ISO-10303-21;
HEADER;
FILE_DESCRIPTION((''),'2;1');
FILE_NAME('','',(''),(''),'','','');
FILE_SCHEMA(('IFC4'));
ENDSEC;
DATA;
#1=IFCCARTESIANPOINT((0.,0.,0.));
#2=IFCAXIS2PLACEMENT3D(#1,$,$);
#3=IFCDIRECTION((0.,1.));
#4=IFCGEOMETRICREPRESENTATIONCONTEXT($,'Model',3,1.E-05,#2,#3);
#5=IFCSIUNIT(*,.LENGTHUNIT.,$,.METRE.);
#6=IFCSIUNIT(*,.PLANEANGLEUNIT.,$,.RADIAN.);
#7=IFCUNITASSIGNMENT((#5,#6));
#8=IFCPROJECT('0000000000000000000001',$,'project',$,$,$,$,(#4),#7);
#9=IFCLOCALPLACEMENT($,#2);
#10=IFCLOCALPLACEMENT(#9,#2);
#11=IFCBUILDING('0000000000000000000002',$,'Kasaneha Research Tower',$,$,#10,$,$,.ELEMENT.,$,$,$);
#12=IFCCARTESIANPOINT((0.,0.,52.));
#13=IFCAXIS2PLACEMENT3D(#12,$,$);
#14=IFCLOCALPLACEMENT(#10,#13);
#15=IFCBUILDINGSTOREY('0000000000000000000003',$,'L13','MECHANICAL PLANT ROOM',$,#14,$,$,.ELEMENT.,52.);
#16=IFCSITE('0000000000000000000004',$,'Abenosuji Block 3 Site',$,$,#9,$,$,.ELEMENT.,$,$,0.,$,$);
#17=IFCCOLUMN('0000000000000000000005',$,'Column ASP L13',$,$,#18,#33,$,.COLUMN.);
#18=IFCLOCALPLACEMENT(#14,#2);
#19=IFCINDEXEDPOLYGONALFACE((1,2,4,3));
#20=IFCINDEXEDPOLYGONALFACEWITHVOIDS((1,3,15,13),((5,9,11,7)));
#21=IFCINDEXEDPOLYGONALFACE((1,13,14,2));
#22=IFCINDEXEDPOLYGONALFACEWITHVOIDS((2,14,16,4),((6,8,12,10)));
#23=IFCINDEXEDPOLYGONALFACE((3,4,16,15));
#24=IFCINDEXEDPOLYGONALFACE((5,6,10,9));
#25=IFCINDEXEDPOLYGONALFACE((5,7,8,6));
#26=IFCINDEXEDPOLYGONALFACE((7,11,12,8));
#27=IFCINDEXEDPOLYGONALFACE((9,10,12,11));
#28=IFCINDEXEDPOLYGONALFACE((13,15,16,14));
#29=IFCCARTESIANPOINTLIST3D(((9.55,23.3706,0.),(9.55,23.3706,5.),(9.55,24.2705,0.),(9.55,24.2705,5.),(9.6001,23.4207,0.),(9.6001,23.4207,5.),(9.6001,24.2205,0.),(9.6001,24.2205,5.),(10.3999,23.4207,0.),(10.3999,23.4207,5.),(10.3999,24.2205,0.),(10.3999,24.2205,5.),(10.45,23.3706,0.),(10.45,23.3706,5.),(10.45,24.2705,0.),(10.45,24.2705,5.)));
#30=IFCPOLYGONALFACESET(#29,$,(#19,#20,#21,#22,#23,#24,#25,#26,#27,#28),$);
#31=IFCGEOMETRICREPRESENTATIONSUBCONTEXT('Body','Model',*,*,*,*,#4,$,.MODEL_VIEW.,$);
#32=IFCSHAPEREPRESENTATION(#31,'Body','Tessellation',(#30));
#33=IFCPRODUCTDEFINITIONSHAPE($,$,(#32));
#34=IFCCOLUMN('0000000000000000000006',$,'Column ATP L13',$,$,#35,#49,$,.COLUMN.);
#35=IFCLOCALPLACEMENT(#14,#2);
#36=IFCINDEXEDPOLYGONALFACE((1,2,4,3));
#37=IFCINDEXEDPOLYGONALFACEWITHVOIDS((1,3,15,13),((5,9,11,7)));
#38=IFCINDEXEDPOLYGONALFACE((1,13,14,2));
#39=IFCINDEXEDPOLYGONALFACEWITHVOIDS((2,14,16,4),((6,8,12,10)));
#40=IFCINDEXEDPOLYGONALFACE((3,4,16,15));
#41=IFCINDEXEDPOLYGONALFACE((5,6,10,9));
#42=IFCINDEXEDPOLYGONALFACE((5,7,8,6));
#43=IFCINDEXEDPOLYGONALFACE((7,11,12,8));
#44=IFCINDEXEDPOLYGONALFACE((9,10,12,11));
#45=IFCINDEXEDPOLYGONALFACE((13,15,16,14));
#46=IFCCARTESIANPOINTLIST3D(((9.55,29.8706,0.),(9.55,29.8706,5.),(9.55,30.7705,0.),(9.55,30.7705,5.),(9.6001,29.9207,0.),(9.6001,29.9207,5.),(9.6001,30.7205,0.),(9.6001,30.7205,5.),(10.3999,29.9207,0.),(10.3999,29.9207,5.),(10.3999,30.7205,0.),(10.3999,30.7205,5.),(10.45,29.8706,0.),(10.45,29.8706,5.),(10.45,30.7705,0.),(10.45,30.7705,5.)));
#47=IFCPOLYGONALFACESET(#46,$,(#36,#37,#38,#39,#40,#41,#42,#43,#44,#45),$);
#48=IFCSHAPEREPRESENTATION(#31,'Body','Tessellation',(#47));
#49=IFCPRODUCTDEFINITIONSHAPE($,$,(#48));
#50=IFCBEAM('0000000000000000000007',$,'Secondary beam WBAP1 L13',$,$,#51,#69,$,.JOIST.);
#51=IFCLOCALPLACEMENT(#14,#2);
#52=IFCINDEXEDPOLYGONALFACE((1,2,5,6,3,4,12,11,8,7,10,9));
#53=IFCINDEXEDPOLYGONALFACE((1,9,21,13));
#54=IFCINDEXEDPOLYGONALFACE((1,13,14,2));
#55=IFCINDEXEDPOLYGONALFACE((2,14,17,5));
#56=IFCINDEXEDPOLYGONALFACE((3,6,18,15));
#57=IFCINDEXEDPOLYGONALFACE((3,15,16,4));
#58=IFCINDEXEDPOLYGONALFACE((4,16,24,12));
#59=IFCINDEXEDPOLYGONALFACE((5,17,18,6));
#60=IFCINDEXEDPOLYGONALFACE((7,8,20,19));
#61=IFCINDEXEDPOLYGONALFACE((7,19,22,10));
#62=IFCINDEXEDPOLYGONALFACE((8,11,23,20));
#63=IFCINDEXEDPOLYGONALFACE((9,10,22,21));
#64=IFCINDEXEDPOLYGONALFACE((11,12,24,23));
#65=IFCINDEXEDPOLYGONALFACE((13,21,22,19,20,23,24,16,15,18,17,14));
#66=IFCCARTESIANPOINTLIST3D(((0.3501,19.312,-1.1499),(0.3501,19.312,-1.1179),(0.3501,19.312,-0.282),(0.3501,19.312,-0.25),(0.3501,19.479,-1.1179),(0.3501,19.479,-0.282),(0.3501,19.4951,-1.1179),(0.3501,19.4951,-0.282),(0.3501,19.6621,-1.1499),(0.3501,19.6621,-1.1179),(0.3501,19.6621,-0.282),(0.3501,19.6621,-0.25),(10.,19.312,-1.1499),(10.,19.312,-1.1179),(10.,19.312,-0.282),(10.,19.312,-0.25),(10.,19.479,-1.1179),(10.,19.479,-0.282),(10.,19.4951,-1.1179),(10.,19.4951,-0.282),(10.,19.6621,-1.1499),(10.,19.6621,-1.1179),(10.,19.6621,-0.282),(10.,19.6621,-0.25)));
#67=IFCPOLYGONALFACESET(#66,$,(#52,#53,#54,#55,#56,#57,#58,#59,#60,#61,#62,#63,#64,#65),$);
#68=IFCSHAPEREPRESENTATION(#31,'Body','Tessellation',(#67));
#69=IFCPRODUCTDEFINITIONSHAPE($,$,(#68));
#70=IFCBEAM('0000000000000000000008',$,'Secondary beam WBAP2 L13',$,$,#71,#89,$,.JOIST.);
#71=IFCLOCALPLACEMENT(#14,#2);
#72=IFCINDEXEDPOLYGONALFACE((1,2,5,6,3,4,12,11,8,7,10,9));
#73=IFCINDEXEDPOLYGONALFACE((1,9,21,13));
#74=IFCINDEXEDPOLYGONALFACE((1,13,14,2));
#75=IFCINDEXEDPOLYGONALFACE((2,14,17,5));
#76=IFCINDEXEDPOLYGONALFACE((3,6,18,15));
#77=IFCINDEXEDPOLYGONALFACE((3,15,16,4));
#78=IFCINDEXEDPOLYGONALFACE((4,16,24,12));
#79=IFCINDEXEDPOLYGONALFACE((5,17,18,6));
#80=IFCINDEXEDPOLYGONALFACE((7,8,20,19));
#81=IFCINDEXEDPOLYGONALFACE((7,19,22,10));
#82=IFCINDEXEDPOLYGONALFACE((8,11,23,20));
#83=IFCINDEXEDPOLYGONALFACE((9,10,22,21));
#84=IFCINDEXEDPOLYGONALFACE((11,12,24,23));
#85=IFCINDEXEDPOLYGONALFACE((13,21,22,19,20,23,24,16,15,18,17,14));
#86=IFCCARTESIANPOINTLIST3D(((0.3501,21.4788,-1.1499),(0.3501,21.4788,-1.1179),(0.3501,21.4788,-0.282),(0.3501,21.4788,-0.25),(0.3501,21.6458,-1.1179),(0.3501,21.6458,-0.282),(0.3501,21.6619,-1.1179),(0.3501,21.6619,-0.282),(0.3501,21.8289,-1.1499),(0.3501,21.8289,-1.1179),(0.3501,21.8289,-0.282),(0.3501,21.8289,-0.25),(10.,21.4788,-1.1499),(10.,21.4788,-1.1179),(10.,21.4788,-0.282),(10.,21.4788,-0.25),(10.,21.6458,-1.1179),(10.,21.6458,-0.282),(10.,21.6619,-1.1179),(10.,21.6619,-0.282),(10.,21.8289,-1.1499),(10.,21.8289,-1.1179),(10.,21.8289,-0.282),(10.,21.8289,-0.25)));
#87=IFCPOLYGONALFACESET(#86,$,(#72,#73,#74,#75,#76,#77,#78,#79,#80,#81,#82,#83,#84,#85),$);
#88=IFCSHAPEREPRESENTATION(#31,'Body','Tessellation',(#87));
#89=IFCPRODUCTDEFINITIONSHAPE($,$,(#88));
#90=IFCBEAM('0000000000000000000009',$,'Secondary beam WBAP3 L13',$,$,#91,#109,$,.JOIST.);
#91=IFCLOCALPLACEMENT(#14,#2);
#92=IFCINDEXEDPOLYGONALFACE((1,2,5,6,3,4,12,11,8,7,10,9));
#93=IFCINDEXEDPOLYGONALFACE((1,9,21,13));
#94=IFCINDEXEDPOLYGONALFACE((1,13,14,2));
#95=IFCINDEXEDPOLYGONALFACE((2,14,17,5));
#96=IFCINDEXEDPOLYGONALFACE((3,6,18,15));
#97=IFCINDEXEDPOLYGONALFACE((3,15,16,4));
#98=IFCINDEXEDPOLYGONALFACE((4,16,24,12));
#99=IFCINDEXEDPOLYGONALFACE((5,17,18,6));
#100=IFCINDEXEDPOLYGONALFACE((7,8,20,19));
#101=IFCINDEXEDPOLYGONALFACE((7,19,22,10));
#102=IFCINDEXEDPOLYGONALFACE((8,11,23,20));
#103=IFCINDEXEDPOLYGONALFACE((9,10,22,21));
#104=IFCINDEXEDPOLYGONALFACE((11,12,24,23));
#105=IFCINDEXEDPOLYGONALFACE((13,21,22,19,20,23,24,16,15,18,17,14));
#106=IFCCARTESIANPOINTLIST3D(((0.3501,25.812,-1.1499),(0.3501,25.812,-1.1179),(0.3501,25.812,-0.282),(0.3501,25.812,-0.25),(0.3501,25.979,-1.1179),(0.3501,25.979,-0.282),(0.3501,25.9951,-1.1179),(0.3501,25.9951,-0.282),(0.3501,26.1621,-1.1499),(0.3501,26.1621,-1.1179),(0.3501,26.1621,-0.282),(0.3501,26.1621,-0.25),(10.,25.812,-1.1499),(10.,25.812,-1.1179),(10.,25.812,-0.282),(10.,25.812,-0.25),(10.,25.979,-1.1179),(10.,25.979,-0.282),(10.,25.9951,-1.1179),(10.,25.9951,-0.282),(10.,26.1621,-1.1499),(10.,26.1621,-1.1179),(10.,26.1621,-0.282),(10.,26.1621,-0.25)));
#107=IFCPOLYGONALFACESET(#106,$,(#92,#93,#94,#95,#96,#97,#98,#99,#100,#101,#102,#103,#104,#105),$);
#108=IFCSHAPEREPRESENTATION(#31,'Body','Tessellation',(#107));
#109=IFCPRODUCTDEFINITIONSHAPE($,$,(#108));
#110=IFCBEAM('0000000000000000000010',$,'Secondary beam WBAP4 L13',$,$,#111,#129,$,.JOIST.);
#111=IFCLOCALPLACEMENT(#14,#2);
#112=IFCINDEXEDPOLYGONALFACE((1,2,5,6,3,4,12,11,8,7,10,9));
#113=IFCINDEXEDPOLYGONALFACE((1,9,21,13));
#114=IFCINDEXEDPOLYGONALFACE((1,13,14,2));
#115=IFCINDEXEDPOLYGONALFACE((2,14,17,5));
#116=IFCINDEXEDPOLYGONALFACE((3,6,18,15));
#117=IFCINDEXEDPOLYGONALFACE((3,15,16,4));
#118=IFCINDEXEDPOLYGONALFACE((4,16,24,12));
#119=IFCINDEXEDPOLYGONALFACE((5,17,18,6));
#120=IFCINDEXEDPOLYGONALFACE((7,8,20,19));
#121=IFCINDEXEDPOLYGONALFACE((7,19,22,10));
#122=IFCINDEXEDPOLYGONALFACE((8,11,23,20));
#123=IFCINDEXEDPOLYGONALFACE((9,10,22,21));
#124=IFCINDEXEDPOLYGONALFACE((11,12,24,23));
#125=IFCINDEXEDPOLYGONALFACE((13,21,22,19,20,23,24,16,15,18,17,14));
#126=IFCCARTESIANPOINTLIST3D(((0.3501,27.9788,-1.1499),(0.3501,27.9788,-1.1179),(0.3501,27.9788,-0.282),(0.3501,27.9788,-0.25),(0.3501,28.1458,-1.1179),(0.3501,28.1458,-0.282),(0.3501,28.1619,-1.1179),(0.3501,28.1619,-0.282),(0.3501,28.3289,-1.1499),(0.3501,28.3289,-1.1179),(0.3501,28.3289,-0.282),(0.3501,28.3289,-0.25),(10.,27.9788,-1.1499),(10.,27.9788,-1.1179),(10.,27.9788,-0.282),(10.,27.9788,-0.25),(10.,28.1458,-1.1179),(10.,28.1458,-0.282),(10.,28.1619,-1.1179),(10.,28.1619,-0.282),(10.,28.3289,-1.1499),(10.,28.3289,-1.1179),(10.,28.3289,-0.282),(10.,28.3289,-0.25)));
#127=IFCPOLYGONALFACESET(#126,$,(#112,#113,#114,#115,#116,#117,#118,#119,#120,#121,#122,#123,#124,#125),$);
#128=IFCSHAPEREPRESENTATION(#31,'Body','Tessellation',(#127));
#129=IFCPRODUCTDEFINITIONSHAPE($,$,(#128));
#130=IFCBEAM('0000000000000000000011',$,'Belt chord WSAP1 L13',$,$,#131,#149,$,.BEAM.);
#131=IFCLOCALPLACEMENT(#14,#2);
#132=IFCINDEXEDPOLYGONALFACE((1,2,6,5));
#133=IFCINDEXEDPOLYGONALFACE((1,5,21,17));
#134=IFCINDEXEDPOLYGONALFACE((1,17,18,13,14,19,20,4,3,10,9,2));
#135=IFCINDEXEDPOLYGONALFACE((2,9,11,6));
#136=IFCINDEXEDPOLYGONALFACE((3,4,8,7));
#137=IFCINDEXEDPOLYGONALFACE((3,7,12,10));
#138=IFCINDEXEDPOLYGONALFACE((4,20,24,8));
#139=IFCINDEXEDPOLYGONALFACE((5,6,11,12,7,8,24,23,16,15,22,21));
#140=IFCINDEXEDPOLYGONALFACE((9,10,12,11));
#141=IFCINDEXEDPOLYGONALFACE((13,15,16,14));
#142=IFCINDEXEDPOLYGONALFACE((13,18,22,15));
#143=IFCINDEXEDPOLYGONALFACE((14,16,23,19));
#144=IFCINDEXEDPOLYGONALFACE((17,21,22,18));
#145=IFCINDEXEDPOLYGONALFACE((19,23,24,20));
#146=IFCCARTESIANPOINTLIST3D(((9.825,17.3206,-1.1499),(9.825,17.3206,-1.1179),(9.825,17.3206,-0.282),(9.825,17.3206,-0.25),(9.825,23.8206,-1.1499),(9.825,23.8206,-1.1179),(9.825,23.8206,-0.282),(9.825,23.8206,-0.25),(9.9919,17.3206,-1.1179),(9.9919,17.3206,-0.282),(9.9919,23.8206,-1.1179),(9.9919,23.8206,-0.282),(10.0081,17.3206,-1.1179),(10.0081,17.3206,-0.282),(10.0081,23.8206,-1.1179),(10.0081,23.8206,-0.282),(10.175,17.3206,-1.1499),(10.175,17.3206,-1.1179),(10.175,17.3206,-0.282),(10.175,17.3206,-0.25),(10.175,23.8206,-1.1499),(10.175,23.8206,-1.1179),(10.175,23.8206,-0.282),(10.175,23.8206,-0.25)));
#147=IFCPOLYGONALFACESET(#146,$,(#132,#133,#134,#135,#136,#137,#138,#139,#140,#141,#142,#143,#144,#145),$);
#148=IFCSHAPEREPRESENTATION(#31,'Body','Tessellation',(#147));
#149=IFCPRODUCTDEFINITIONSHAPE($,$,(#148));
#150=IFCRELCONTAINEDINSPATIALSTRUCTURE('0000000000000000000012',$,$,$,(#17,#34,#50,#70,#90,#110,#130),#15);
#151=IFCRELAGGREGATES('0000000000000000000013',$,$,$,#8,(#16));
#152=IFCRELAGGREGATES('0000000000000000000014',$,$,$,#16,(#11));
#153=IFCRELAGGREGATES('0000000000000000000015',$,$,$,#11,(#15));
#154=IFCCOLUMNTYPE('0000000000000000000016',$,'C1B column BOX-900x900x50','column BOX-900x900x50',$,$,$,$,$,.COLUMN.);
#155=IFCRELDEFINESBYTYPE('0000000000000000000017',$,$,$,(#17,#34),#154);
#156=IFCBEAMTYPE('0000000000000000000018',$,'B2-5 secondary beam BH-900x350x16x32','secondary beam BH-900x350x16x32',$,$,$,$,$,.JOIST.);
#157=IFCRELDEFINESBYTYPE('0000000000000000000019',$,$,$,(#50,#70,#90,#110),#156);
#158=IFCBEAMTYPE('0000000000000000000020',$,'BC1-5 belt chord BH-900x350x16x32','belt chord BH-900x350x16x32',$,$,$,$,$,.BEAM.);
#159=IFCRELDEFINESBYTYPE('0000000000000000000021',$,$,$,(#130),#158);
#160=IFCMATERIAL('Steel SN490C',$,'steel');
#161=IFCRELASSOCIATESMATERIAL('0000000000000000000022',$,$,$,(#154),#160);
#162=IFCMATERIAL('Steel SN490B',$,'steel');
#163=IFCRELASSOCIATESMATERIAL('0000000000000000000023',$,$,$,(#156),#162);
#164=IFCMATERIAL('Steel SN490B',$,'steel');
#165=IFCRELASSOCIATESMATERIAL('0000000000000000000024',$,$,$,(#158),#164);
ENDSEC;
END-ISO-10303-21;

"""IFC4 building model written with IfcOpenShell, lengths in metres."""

from ifc_helpers import new_model, si_unit, direction, frame, origin, origin_2d, place, context, subcontext, project, spatial, hollow_rectangle, i_section, extrude, material, material_profile, profile_set, type_object, element, save


model = new_model("IFC4")

# Units and contexts
model_context = context("Model", 3, precision=1e-05, world=origin(), true_north=direction((0.0, 1.0)))
body_context = subcontext(model_context, "Body", "Model", "MODEL_VIEW")
ifc_project = project(units=[si_unit("LENGTHUNIT", "METRE"), si_unit("PLANEANGLEUNIT", "RADIAN")], contexts=[model_context])

# Site, building, storey
site_placement = place(None, origin())
site = spatial("IfcSite", under=ifc_project, at=site_placement, Name="Abenosuji Block 3 Site", CompositionType="ELEMENT", RefElevation=0.0)
building_placement = place(site_placement, origin())
building = spatial("IfcBuilding", under=site, at=building_placement, Name="Kasaneha Research Tower", CompositionType="ELEMENT")
storey_placement = place(building_placement, frame((0.0, 0.0, 52.0)))
storey = spatial("IfcBuildingStorey", under=building, at=storey_placement, Name="L13", Description="MECHANICAL PLANT ROOM", CompositionType="ELEMENT", Elevation=52.0)

# Columns
ifc_material_1 = material(Name="Steel SN490C", Category="steel")
ifc_material_profile_1 = material_profile(ifc_material_1, hollow_rectangle(XDim=0.8999, YDim=0.8999, WallThickness=0.05, at=origin_2d()), Name="BOX-900x900x50")
ifc_profile_set_1 = profile_set([ifc_material_profile_1], Name="Steel SN490C")
column_type = type_object("IfcColumnType", Name="C1B column BOX-900x900x50", Description="column BOX-900x900x50", PredefinedType="COLUMN", material=ifc_profile_set_1)
for number, where, z_axis, x_axis, name in (
    (1, (10.0, 23.8206, 0.0), (0.0, 0.0, 1.0), (1.0, 0.0, 0.0), "Column ASP L13"),
    (2, (10.0, 30.3206, 0.0), (0.0, 0.0, 1.0), (1.0, 0.0, 0.0), "Column ATP L13"),
):
    element("IfcColumn", number, at=place(storey_placement, frame(where, z_axis=z_axis, x_axis=x_axis)), inside=storey, type_object=column_type, Name=name, PredefinedType="COLUMN", context=body_context, shape_type="SweptSolid", body=[
        extrude(hollow_rectangle(XDim=0.8999, YDim=0.8999, WallThickness=0.05, at=origin_2d()), origin(), (0.0, 0.0, 1.0), 5.0),
    ])

# Beams
ifc_material_2 = material(Name="Steel SN490B", Category="steel")
ifc_material_profile_2 = material_profile(ifc_material_2, i_section(OverallWidth=0.3501, OverallDepth=0.8999, WebThickness=0.0161, FlangeThickness=0.032, at=origin_2d()), Name="BH-900x350x16x32")
ifc_profile_set_2 = profile_set([ifc_material_profile_2], Name="Steel SN490B")
beam_type_1 = type_object("IfcBeamType", Name="B2-5 secondary beam BH-900x350x16x32", Description="secondary beam BH-900x350x16x32", PredefinedType="JOIST", material=ifc_profile_set_2)
for number, where, z_axis, x_axis, name in (
    (3, (10.0, 19.4871, -0.7), (-1.0, 0.0, 0.0), (0.0, -1.0, 0.0), "Secondary beam WBAP1 L13"),
    (4, (10.0, 21.6538, -0.7), (-1.0, 0.0, 0.0), (0.0, -1.0, 0.0), "Secondary beam WBAP2 L13"),
    (5, (10.0, 25.9871, -0.7), (-1.0, 0.0, 0.0), (0.0, -1.0, 0.0), "Secondary beam WBAP3 L13"),
    (6, (10.0, 28.1538, -0.7), (-1.0, 0.0, 0.0), (0.0, -1.0, 0.0), "Secondary beam WBAP4 L13"),
):
    element("IfcBeam", number, at=place(storey_placement, frame(where, z_axis=z_axis, x_axis=x_axis)), inside=storey, type_object=beam_type_1, Name=name, PredefinedType="JOIST", context=body_context, shape_type="SweptSolid", body=[
        extrude(i_section(OverallWidth=0.3501, OverallDepth=0.8999, WebThickness=0.0161, FlangeThickness=0.032, at=origin_2d()), origin(), (0.0, 0.0, 1.0), 9.6499),
    ])
ifc_material_3 = material(Name="Steel SN490B", Category="steel")
ifc_material_profile_3 = material_profile(ifc_material_3, i_section(OverallWidth=0.3501, OverallDepth=0.8999, WebThickness=0.0161, FlangeThickness=0.032, at=origin_2d()), Name="BH-900x350x16x32")
ifc_profile_set_3 = profile_set([ifc_material_profile_3], Name="Steel SN490B")
beam_type_2 = type_object("IfcBeamType", Name="BC1-5 belt chord BH-900x350x16x32", Description="belt chord BH-900x350x16x32", PredefinedType="BEAM", material=ifc_profile_set_3)
beam_1_placement = place(storey_placement, frame((10.0, 17.3206, -0.7), z_axis=(0.0, 1.0, 0.0), x_axis=(-1.0, 0.0, 0.0)))
element("IfcBeam", 7, at=beam_1_placement, inside=storey, type_object=beam_type_2, Name="Belt chord WSAP1 L13", PredefinedType="BEAM", context=body_context, shape_type="SweptSolid", body=[
    extrude(i_section(OverallWidth=0.3501, OverallDepth=0.8999, WebThickness=0.0161, FlangeThickness=0.032, at=origin_2d()), origin(), (0.0, 0.0, 1.0), 6.5),
])

save(model, "model.ifc")
